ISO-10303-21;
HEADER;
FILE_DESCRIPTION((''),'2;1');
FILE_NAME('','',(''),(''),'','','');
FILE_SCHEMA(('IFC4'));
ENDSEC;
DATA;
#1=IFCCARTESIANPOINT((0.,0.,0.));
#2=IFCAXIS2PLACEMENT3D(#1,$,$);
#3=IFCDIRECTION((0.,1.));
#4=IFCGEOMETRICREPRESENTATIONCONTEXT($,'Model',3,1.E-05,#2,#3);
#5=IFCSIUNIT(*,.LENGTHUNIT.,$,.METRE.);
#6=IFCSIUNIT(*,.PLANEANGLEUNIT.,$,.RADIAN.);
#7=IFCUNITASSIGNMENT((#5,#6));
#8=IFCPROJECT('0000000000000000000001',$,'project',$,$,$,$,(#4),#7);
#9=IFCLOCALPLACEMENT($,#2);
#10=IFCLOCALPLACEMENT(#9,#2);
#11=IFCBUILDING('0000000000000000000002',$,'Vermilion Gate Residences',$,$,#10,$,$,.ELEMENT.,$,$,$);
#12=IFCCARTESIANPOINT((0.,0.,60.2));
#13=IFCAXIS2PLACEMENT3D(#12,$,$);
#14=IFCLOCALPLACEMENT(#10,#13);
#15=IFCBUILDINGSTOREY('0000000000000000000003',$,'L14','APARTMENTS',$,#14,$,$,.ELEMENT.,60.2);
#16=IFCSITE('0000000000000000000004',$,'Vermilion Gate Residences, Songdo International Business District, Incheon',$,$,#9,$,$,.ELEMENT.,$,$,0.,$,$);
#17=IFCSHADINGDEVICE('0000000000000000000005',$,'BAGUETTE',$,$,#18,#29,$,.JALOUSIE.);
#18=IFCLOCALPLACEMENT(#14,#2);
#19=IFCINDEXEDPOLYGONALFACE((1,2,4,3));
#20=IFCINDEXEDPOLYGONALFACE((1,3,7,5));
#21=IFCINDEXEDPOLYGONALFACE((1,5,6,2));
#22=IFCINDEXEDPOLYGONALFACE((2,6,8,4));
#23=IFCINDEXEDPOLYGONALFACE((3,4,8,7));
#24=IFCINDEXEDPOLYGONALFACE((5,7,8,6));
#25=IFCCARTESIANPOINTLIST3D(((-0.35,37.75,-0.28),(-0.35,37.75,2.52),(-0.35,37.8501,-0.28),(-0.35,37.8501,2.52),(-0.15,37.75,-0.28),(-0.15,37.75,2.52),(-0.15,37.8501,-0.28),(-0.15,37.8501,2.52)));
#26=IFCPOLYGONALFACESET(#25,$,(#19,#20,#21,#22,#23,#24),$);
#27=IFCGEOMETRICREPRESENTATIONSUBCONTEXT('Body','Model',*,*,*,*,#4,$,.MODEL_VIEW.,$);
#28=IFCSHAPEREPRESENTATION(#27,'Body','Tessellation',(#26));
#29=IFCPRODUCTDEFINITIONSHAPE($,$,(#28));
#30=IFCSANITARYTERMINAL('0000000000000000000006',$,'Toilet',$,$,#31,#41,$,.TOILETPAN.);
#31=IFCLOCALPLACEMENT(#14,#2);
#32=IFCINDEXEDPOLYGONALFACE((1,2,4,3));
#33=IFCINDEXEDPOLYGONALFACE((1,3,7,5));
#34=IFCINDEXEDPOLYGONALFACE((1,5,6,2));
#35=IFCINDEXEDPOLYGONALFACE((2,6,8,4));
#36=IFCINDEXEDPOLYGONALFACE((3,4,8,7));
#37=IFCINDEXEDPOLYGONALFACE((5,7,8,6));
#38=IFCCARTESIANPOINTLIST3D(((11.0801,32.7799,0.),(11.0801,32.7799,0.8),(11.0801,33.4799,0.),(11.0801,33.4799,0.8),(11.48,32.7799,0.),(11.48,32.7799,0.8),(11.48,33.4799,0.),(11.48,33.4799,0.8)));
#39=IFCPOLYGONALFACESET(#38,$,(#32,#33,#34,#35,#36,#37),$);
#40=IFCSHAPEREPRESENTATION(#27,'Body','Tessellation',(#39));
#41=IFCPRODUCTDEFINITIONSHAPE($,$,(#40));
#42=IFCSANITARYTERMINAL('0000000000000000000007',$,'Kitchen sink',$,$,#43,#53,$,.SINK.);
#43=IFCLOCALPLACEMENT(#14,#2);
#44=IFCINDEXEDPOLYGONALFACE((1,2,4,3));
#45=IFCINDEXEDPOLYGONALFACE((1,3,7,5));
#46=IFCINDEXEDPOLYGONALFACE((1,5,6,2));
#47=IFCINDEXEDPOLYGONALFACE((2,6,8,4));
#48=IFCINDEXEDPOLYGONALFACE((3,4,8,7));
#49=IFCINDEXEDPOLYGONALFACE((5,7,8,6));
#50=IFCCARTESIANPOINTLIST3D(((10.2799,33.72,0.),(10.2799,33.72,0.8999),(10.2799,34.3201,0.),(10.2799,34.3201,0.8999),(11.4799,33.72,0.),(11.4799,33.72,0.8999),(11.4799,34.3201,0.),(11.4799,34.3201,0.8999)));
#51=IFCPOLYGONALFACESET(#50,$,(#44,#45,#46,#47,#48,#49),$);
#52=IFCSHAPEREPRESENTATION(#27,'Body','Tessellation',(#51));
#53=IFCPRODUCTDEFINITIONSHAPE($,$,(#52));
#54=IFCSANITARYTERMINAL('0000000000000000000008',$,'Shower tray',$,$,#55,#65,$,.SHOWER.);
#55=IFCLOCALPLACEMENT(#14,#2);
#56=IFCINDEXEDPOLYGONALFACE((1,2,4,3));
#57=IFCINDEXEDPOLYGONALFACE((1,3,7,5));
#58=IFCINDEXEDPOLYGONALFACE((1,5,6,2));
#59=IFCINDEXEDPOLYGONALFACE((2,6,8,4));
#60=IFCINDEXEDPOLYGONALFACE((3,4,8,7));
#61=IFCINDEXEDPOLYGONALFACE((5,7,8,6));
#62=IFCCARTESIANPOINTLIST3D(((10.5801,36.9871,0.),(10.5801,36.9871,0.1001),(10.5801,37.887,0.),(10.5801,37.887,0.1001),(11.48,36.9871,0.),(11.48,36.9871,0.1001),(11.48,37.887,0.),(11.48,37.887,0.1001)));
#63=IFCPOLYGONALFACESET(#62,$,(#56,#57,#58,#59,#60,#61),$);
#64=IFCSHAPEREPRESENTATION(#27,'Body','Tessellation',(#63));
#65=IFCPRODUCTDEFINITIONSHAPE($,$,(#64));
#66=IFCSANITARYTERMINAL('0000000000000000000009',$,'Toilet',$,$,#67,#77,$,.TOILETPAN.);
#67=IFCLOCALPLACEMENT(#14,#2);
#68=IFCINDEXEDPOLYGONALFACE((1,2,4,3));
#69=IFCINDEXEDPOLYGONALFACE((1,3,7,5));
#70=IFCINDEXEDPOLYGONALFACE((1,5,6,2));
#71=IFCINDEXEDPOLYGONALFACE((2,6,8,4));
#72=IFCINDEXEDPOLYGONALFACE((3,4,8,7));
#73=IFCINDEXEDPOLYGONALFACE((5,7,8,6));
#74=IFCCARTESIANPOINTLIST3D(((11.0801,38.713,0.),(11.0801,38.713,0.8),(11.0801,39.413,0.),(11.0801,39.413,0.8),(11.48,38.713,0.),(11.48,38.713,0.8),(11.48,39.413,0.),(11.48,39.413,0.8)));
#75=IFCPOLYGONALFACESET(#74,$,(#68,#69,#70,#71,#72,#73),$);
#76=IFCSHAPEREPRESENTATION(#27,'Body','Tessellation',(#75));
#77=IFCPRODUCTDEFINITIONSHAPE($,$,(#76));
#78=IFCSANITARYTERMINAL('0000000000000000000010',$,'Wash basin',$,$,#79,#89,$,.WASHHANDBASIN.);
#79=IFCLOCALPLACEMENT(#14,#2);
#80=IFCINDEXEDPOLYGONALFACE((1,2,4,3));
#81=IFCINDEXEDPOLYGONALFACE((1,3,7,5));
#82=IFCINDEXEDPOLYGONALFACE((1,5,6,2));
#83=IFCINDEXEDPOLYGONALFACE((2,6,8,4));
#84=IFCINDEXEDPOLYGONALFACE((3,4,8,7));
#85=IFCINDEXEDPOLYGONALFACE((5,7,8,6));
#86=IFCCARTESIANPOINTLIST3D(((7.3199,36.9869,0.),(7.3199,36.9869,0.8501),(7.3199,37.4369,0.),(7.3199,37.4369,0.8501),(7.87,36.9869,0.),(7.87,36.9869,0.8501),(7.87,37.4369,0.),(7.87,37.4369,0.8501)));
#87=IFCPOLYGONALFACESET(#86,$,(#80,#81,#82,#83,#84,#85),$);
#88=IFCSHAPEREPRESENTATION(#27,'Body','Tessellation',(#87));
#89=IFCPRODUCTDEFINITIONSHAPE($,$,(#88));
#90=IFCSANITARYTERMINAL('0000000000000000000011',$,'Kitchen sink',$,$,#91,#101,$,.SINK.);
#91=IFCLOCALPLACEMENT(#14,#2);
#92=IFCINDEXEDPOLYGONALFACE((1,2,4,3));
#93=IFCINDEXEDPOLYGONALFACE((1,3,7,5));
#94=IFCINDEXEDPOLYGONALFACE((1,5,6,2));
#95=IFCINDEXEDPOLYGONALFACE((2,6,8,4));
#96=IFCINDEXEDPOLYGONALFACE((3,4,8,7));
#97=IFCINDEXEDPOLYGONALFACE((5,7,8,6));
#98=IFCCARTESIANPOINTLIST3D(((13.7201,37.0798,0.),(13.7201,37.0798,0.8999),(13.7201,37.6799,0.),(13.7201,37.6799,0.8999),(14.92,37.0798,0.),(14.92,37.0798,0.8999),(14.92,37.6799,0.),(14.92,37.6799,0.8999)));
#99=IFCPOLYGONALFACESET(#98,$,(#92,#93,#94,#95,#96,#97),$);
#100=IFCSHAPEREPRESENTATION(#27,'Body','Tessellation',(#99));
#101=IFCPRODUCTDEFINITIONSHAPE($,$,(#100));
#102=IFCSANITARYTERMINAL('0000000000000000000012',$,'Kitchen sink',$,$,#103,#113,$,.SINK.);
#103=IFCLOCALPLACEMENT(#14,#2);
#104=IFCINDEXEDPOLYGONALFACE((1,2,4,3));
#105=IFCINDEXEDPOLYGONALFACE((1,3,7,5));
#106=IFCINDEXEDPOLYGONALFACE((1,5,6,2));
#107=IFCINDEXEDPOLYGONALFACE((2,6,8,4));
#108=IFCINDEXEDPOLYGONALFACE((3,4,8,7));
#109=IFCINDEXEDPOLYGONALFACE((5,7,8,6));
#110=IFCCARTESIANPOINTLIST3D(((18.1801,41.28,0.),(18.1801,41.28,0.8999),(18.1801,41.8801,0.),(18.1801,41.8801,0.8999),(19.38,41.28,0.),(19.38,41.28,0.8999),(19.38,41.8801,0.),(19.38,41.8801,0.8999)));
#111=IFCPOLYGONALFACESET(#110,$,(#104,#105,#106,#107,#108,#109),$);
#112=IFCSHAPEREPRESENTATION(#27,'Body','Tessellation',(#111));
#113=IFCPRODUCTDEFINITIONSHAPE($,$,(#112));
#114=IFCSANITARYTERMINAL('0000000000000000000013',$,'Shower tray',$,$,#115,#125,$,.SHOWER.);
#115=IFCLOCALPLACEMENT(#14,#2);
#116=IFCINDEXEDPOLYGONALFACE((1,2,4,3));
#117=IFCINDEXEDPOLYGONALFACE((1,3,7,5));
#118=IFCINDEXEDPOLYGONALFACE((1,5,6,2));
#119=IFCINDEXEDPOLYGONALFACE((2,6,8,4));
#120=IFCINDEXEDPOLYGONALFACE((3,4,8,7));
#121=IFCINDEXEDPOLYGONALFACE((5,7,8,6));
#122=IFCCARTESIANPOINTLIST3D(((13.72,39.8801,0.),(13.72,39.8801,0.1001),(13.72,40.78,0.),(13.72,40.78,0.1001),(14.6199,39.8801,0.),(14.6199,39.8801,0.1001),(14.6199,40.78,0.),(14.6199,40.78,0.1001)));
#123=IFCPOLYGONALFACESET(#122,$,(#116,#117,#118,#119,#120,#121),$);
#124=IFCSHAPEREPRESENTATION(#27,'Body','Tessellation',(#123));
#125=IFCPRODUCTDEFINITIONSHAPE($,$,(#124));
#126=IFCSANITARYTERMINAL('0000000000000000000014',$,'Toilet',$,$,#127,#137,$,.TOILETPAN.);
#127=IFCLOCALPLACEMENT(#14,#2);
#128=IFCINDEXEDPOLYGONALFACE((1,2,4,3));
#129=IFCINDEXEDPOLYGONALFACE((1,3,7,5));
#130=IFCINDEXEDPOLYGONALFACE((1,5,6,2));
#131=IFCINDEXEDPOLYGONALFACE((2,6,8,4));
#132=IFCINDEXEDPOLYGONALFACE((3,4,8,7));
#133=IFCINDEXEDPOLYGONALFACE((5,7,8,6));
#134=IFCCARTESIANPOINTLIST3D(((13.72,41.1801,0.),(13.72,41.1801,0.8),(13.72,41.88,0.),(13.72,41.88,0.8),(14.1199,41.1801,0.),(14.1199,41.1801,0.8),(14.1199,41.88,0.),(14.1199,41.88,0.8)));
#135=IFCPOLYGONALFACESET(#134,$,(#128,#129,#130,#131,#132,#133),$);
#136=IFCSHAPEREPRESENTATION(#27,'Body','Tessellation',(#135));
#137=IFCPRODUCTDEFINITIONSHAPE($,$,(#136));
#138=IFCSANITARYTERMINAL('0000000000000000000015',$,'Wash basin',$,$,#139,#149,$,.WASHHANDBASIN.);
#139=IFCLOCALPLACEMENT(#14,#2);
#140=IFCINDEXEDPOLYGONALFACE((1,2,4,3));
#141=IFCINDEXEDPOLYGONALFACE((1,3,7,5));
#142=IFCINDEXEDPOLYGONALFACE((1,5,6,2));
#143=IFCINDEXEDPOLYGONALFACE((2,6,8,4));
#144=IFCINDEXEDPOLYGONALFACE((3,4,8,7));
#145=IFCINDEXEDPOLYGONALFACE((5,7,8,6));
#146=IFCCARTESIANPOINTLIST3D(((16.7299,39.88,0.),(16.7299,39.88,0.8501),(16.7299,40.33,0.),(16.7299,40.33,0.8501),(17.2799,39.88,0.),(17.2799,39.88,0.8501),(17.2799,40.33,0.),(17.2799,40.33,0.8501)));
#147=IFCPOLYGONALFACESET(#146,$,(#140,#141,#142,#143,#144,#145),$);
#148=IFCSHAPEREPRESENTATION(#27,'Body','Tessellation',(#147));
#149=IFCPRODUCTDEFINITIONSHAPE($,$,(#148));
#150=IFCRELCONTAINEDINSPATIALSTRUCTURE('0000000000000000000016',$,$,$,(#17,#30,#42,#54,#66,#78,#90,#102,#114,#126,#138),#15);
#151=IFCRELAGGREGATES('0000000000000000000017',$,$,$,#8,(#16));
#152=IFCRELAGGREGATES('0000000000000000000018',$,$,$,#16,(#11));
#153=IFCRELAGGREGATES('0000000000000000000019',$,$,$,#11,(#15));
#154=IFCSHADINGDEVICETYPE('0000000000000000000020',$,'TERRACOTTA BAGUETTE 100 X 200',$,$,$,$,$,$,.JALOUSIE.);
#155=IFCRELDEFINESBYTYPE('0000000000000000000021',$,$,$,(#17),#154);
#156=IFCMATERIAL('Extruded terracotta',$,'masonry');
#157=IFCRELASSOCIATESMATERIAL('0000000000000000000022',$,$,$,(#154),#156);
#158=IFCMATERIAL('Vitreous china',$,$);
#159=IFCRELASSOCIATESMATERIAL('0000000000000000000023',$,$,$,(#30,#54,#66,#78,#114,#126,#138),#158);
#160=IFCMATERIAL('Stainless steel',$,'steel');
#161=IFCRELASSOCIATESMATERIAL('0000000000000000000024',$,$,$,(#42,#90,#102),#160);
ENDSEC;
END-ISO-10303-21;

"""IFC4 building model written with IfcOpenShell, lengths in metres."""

from ifc_helpers import new_model, si_unit, direction, frame, origin, origin_2d, place, context, subcontext, project, spatial, rectangle, extrude, material, material_profile, profile_set, type_object, element, save


model = new_model("IFC4")

# Units and contexts
model_context = context("Model", 3, precision=1e-05, world=origin(), true_north=direction((0.0, 1.0)))
body_context = subcontext(model_context, "Body", "Model", "MODEL_VIEW")
ifc_project = project(units=[si_unit("LENGTHUNIT", "METRE"), si_unit("PLANEANGLEUNIT", "RADIAN")], contexts=[model_context])

# Site, building, storey
site_placement = place(None, origin())
site = spatial("IfcSite", under=ifc_project, at=site_placement, Name="Vermilion Gate Residences, Songdo International Business District, Incheon", CompositionType="ELEMENT", RefElevation=0.0)
building_placement = place(site_placement, origin())
building = spatial("IfcBuilding", under=site, at=building_placement, Name="Vermilion Gate Residences", CompositionType="ELEMENT")
storey_placement = place(building_placement, frame((0.0, 0.0, 60.2)))
storey = spatial("IfcBuildingStorey", under=building, at=storey_placement, Name="L14", Description="APARTMENTS", CompositionType="ELEMENT", Elevation=60.2)

# Shading device
ifc_material_1 = material(Name="Extruded terracotta", Category="masonry")
ifc_material_profile_1 = material_profile(ifc_material_1, rectangle(XDim=0.2, YDim=0.1001, at=origin_2d()), Name="BAGUETTE 100 X 200")
ifc_profile_set_1 = profile_set([ifc_material_profile_1], Name="Extruded terracotta")
shading_device_type_1 = type_object("IfcShadingDeviceType", Name="TERRACOTTA BAGUETTE 100 X 200", PredefinedType="JALOUSIE", material=ifc_profile_set_1)
shading_device_1_placement = place(storey_placement, frame((-0.25, 37.8, -0.28), z_axis=(0.0, 0.0, 1.0), x_axis=(1.0, 0.0, 0.0)))
element("IfcShadingDevice", 1, at=shading_device_1_placement, inside=storey, type_object=shading_device_type_1, Name="BAGUETTE", PredefinedType="JALOUSIE", context=body_context, shape_type="SweptSolid", body=[
    extrude(rectangle(XDim=0.2, YDim=0.1001, at=origin_2d()), origin(), (0.0, 0.0, 1.0), 2.8),
])

# Sanitary terminals
ifc_material_2 = material(Name="Vitreous china")
sanitary_terminal_1_placement = place(storey_placement, frame((11.28, 33.1299, 0.0), z_axis=(0.0, 0.0, 1.0), x_axis=(1.0, 0.0, 0.0)))
element("IfcSanitaryTerminal", 2, at=sanitary_terminal_1_placement, inside=storey, material=ifc_material_2, Name="Toilet", PredefinedType="TOILETPAN", context=body_context, shape_type="SweptSolid", body=[
    extrude(rectangle(XDim=0.3999, YDim=0.7, at=origin_2d()), origin(), (0.0, 0.0, 1.0), 0.8),
])
ifc_material_3 = material(Name="Stainless steel", Category="steel")
sanitary_terminal_2_placement = place(storey_placement, frame((10.8799, 34.02, 0.0), z_axis=(0.0, 0.0, 1.0), x_axis=(1.0, 0.0, 0.0)))
element("IfcSanitaryTerminal", 3, at=sanitary_terminal_2_placement, inside=storey, material=ifc_material_3, Name="Kitchen sink", PredefinedType="SINK", context=body_context, shape_type="SweptSolid", body=[
    extrude(rectangle(XDim=1.2, YDim=0.6001, at=origin_2d()), origin(), (0.0, 0.0, 1.0), 0.8999),
])
sanitary_terminal_3_placement = place(storey_placement, frame((11.03, 37.437, 0.0), z_axis=(0.0, 0.0, 1.0), x_axis=(1.0, 0.0, 0.0)))
element("IfcSanitaryTerminal", 4, at=sanitary_terminal_3_placement, inside=storey, material=ifc_material_2, Name="Shower tray", PredefinedType="SHOWER", context=body_context, shape_type="SweptSolid", body=[
    extrude(rectangle(XDim=0.8999, YDim=0.8999, at=origin_2d()), origin(), (0.0, 0.0, 1.0), 0.1001),
])
sanitary_terminal_4_placement = place(storey_placement, frame((11.28, 39.063, 0.0), z_axis=(0.0, 0.0, 1.0), x_axis=(1.0, 0.0, 0.0)))
element("IfcSanitaryTerminal", 5, at=sanitary_terminal_4_placement, inside=storey, material=ifc_material_2, Name="Toilet", PredefinedType="TOILETPAN", context=body_context, shape_type="SweptSolid", body=[
    extrude(rectangle(XDim=0.3999, YDim=0.7, at=origin_2d()), origin(), (0.0, 0.0, 1.0), 0.8),
])
sanitary_terminal_5_placement = place(storey_placement, frame((7.595, 37.2119, 0.0), z_axis=(0.0, 0.0, 1.0), x_axis=(1.0, 0.0, 0.0)))
element("IfcSanitaryTerminal", 6, at=sanitary_terminal_5_placement, inside=storey, material=ifc_material_2, Name="Wash basin", PredefinedType="WASHHANDBASIN", context=body_context, shape_type="SweptSolid", body=[
    extrude(rectangle(XDim=0.55, YDim=0.45, at=origin_2d()), origin(), (0.0, 0.0, 1.0), 0.8501),
])
for number, where, z_axis, x_axis, name in (
    (7, (14.3201, 37.3799, 0.0), (0.0, 0.0, 1.0), (1.0, 0.0, 0.0), "Kitchen sink"),
    (8, (18.78, 41.5801, 0.0), (0.0, 0.0, 1.0), (1.0, 0.0, 0.0), "Kitchen sink"),
):
    element("IfcSanitaryTerminal", number, at=place(storey_placement, frame(where, z_axis=z_axis, x_axis=x_axis)), inside=storey, material=ifc_material_3, Name=name, PredefinedType="SINK", context=body_context, shape_type="SweptSolid", body=[
        extrude(rectangle(XDim=1.2, YDim=0.6001, at=origin_2d()), origin(), (0.0, 0.0, 1.0), 0.8999),
    ])
sanitary_terminal_6_placement = place(storey_placement, frame((14.1699, 40.3301, 0.0), z_axis=(0.0, 0.0, 1.0), x_axis=(1.0, 0.0, 0.0)))
element("IfcSanitaryTerminal", 9, at=sanitary_terminal_6_placement, inside=storey, material=ifc_material_2, Name="Shower tray", PredefinedType="SHOWER", context=body_context, shape_type="SweptSolid", body=[
    extrude(rectangle(XDim=0.8999, YDim=0.8999, at=origin_2d()), origin(), (0.0, 0.0, 1.0), 0.1001),
])
sanitary_terminal_7_placement = place(storey_placement, frame((13.9199, 41.53, 0.0), z_axis=(0.0, 0.0, 1.0), x_axis=(1.0, 0.0, 0.0)))
element("IfcSanitaryTerminal", 10, at=sanitary_terminal_7_placement, inside=storey, material=ifc_material_2, Name="Toilet", PredefinedType="TOILETPAN", context=body_context, shape_type="SweptSolid", body=[
    extrude(rectangle(XDim=0.3999, YDim=0.7, at=origin_2d()), origin(), (0.0, 0.0, 1.0), 0.8),
])
sanitary_terminal_8_placement = place(storey_placement, frame((17.0049, 40.105, 0.0), z_axis=(0.0, 0.0, 1.0), x_axis=(1.0, 0.0, 0.0)))
element("IfcSanitaryTerminal", 11, at=sanitary_terminal_8_placement, inside=storey, material=ifc_material_2, Name="Wash basin", PredefinedType="WASHHANDBASIN", context=body_context, shape_type="SweptSolid", body=[
    extrude(rectangle(XDim=0.55, YDim=0.45, at=origin_2d()), origin(), (0.0, 0.0, 1.0), 0.8501),
])

save(model, "model.ifc")
